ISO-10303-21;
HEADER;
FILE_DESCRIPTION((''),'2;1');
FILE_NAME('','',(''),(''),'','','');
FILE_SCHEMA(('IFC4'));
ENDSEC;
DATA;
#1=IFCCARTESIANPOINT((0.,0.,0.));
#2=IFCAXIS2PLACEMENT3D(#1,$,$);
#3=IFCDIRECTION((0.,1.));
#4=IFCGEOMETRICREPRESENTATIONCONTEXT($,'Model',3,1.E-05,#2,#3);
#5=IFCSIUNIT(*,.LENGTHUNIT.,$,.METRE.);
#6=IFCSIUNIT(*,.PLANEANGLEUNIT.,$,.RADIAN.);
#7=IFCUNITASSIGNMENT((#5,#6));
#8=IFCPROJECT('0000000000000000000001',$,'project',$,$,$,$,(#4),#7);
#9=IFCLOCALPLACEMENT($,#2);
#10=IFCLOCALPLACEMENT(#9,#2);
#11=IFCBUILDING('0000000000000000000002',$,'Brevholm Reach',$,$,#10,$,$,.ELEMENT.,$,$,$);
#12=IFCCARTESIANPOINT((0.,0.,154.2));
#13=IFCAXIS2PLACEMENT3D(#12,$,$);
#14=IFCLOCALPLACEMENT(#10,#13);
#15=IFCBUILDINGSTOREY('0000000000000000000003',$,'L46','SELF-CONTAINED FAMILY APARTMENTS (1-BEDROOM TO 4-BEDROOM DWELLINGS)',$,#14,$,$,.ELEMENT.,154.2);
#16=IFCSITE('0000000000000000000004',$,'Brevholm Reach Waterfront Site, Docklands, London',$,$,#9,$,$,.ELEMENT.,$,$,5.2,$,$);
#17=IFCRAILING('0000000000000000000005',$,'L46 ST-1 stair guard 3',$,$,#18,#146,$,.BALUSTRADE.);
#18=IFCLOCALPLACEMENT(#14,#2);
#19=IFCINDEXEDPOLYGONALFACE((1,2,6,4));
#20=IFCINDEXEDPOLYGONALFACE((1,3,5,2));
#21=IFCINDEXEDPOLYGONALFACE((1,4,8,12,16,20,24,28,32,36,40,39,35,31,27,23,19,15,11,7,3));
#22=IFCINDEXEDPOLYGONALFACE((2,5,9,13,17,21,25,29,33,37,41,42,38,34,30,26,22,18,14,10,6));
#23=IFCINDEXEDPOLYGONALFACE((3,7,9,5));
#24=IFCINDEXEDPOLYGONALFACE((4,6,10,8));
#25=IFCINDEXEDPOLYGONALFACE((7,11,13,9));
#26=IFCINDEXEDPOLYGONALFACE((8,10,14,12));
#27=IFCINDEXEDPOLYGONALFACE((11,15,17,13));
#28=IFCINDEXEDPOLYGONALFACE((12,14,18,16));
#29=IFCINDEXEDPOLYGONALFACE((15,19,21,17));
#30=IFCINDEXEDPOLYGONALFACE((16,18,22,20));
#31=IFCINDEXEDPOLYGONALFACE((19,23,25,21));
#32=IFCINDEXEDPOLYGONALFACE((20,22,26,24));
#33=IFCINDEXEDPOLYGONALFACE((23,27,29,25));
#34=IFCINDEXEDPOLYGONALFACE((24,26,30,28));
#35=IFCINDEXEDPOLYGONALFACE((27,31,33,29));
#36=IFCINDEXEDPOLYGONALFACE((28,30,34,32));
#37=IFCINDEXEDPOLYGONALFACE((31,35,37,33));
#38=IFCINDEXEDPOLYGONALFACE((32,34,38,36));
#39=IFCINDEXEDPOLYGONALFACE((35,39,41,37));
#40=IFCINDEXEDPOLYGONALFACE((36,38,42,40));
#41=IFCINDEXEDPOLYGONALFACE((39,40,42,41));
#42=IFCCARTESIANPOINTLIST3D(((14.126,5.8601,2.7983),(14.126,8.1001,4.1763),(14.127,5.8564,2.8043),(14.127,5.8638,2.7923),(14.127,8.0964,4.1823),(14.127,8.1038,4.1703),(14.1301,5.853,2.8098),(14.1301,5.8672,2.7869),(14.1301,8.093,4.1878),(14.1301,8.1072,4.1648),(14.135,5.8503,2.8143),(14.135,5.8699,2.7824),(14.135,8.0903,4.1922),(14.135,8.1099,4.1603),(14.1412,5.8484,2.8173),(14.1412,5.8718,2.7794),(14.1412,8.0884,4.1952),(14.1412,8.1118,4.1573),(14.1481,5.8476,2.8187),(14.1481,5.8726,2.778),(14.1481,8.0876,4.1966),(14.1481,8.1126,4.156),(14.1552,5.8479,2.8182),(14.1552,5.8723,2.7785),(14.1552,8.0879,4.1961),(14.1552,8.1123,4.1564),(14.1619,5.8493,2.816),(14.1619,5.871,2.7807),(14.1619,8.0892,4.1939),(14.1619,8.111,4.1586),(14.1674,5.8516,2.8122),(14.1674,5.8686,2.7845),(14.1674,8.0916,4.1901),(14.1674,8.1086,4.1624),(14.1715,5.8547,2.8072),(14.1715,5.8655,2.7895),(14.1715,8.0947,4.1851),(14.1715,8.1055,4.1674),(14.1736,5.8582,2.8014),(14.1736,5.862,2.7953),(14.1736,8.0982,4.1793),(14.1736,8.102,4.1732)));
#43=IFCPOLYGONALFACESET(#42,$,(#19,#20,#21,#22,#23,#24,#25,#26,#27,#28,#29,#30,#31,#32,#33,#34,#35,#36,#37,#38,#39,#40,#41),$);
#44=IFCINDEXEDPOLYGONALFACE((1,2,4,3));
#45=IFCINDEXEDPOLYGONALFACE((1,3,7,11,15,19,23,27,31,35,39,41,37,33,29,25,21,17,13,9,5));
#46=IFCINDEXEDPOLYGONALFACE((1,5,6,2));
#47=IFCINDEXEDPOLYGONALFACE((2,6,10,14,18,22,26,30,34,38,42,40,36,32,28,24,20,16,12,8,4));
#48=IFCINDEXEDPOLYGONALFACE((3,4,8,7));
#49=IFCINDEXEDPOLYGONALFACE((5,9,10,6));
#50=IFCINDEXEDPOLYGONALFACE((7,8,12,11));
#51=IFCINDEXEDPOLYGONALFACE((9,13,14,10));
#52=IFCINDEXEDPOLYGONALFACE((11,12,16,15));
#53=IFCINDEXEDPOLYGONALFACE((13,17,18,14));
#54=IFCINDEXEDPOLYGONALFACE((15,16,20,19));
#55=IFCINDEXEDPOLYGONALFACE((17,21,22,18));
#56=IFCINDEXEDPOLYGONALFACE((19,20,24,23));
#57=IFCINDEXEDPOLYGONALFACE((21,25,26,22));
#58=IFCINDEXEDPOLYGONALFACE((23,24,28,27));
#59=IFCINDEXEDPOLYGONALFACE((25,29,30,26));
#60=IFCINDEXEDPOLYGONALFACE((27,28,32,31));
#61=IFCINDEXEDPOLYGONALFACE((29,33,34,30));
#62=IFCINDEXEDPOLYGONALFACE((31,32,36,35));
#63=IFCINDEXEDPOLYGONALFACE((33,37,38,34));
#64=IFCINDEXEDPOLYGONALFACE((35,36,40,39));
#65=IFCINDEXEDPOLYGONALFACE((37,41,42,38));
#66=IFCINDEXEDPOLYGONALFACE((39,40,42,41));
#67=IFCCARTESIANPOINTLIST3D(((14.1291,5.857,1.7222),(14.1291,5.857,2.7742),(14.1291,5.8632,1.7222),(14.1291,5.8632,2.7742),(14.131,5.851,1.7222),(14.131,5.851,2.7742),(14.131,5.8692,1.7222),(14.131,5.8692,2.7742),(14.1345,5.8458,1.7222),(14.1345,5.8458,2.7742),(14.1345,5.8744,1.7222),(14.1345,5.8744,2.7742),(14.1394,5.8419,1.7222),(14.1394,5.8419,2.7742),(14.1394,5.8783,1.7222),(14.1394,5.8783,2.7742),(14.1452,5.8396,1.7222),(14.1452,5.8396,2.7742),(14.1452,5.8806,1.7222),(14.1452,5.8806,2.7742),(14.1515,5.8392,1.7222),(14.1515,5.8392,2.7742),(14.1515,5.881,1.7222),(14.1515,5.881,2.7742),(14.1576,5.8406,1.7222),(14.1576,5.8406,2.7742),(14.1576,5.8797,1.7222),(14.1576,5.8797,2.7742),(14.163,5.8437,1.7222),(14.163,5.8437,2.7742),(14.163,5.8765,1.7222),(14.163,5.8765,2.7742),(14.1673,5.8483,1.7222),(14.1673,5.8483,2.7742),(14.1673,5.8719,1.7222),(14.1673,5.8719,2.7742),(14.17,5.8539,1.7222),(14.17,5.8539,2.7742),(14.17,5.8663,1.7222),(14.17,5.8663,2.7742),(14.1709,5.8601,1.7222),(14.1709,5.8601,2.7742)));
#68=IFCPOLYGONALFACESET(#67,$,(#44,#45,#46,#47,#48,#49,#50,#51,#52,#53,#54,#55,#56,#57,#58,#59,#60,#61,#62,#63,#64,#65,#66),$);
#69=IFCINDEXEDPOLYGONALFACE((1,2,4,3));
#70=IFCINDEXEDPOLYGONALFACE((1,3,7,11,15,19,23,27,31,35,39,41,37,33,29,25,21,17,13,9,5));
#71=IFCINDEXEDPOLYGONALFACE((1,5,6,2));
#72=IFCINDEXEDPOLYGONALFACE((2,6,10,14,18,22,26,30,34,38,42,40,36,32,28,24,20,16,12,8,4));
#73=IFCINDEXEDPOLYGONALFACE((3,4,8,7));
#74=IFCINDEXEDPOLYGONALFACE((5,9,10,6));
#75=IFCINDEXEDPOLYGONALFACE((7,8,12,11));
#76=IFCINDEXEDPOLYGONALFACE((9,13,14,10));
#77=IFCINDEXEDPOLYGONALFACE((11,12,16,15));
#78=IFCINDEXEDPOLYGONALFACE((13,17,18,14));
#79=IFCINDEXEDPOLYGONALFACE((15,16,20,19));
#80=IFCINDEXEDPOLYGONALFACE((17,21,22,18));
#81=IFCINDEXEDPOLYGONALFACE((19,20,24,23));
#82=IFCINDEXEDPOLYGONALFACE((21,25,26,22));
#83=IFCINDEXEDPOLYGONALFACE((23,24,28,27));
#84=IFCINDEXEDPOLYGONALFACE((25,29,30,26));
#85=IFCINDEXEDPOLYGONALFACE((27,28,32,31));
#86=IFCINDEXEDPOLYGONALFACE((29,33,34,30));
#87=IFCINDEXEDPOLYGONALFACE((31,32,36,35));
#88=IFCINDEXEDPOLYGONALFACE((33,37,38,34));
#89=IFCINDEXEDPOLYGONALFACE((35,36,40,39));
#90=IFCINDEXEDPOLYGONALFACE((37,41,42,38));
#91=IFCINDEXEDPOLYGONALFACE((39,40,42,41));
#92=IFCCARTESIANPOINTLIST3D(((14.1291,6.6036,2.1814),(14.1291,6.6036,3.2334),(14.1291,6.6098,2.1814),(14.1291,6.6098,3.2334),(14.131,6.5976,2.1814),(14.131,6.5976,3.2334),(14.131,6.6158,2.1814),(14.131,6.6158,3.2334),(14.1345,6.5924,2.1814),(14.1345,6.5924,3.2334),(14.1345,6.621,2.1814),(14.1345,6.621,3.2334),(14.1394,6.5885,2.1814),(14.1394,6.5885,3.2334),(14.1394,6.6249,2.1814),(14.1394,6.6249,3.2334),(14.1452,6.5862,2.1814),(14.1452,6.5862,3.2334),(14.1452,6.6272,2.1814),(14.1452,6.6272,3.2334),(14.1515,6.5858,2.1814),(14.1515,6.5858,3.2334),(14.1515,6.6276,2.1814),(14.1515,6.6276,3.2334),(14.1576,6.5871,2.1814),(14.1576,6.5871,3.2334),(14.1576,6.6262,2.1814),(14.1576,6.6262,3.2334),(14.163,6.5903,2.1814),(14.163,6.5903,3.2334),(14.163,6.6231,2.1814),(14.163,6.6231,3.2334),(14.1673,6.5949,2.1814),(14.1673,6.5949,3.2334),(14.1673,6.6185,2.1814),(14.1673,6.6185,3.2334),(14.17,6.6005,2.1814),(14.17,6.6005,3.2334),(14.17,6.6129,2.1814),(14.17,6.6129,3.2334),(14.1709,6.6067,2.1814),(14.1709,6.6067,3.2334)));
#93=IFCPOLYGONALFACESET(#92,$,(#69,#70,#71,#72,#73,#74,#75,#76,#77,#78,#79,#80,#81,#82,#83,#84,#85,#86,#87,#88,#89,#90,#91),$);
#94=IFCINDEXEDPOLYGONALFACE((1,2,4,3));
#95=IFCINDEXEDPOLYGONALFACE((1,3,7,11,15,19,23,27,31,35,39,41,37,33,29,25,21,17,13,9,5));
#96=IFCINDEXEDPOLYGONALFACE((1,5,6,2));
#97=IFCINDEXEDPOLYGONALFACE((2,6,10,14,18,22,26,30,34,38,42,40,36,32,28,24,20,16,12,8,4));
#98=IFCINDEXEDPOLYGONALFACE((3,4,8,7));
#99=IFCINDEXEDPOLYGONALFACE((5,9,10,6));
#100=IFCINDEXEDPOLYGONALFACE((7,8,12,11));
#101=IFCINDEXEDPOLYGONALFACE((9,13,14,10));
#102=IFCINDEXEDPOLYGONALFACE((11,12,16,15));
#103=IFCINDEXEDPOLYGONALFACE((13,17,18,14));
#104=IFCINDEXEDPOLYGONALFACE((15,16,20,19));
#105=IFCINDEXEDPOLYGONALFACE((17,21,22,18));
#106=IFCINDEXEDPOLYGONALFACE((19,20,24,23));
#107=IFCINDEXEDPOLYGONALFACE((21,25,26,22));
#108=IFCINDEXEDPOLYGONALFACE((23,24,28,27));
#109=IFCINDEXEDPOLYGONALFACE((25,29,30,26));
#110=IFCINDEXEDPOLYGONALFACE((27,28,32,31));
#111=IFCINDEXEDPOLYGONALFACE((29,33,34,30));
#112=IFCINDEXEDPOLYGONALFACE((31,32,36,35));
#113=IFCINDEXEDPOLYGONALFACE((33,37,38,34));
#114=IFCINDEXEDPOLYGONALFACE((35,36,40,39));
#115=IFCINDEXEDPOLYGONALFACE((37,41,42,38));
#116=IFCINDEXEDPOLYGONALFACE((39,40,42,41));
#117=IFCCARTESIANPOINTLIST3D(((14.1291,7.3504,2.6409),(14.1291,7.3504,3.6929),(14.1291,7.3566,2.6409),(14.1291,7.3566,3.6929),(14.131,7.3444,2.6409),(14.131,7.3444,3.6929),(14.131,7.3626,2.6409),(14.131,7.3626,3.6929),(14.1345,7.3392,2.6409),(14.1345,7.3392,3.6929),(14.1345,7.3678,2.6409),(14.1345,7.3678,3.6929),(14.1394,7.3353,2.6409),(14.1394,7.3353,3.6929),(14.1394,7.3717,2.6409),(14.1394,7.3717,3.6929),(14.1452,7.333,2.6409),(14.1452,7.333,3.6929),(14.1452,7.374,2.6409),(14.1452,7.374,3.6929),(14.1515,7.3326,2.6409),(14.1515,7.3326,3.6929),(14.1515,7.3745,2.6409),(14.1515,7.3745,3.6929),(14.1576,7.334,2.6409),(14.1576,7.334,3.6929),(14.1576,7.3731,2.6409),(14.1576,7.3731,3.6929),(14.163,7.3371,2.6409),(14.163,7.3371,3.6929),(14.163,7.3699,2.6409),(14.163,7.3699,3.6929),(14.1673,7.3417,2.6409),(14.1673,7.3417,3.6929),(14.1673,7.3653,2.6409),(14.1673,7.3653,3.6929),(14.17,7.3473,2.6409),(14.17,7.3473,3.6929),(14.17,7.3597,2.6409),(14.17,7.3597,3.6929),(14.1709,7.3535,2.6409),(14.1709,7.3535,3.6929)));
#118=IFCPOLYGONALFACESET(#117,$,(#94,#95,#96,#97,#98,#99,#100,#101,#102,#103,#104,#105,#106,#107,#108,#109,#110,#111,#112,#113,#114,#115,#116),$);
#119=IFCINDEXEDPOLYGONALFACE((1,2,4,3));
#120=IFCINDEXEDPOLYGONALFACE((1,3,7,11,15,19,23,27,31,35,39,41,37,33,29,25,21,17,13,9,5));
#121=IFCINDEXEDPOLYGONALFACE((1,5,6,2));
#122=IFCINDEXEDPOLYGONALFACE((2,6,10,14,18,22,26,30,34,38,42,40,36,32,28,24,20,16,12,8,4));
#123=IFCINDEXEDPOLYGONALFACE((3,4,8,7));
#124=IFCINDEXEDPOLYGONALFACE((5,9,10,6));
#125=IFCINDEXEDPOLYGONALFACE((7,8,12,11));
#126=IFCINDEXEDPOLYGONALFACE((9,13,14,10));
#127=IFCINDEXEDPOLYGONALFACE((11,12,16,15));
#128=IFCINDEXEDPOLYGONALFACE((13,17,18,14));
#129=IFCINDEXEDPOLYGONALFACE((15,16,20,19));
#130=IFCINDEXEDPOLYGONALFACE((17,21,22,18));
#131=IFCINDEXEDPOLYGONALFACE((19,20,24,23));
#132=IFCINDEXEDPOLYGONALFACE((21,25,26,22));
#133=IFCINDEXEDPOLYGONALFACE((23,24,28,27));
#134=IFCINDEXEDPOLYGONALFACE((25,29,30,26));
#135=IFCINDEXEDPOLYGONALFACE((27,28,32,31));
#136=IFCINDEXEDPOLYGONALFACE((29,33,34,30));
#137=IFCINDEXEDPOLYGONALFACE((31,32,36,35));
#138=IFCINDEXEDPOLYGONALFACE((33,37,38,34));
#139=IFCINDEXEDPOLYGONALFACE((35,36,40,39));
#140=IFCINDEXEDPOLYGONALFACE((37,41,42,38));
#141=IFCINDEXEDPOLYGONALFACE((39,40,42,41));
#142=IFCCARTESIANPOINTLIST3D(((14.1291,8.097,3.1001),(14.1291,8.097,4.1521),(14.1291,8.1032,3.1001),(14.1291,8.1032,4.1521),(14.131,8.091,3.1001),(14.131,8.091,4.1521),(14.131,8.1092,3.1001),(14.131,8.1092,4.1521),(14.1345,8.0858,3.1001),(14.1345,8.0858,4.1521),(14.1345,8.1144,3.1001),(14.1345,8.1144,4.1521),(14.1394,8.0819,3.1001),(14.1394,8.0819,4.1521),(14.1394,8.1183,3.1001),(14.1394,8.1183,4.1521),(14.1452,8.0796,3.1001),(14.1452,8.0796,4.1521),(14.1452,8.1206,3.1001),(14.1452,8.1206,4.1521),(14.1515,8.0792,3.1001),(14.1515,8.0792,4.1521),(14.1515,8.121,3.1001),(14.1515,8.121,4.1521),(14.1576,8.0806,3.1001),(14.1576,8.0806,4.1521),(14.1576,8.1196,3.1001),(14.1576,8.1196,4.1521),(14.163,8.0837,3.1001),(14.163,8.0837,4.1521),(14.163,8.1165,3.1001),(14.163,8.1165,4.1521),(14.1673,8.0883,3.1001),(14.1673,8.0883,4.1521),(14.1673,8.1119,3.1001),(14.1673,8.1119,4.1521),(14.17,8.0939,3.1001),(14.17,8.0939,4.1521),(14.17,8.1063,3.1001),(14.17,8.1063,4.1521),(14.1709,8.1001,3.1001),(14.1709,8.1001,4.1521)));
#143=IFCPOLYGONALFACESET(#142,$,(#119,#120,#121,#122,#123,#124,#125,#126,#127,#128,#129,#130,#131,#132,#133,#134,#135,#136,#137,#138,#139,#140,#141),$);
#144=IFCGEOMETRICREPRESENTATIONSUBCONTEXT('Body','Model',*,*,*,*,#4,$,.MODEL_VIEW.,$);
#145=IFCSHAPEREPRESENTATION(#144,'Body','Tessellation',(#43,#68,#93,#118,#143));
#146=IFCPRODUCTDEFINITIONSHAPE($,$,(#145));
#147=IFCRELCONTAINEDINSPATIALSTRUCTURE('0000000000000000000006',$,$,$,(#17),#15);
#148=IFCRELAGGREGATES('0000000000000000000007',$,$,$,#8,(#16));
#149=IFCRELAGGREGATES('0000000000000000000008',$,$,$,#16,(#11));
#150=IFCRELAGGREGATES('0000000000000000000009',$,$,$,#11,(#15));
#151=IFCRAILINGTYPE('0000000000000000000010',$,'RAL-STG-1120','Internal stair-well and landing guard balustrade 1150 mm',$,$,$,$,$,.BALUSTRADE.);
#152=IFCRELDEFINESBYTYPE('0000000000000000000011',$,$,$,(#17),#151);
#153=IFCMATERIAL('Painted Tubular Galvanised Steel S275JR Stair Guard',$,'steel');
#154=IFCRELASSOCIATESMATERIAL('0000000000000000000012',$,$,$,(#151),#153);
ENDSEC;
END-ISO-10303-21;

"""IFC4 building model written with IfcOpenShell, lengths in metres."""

from ifc_helpers import new_model, si_unit, direction, frame, origin, origin_2d, place, context, subcontext, project, spatial, circle, extrude, material, type_object, element, save


model = new_model("IFC4")

# Units and contexts
model_context = context("Model", 3, precision=1e-05, world=origin(), true_north=direction((0.0, 1.0)))
body_context = subcontext(model_context, "Body", "Model", "MODEL_VIEW")
ifc_project = project(units=[si_unit("LENGTHUNIT", "METRE"), si_unit("PLANEANGLEUNIT", "RADIAN")], contexts=[model_context])

# Site, building, storey
site_placement = place(None, origin())
site = spatial("IfcSite", under=ifc_project, at=site_placement, Name="Brevholm Reach Waterfront Site, Docklands, London", CompositionType="ELEMENT", RefElevation=5.2)
building_placement = place(site_placement, origin())
building = spatial("IfcBuilding", under=site, at=building_placement, Name="Brevholm Reach", CompositionType="ELEMENT")
storey_placement = place(building_placement, frame((0.0, 0.0, 154.2)))
storey = spatial("IfcBuildingStorey", under=building, at=storey_placement, Name="L46", Description="SELF-CONTAINED FAMILY APARTMENTS (1-BEDROOM TO 4-BEDROOM DWELLINGS)", CompositionType="ELEMENT", Elevation=154.2)

# Railing
ifc_material_1 = material(Name="Painted Tubular Galvanised Steel S275JR Stair Guard", Category="steel")
railing_type_1 = type_object("IfcRailingType", Name="RAL-STG-1120", Description="Internal stair-well and landing guard balustrade 1150 mm", PredefinedType="BALUSTRADE", material=ifc_material_1)
railing_1_placement = place(storey_placement, frame((14.1499, 5.8601, 1.7222)))
element("IfcRailing", 1, at=railing_1_placement, inside=storey, type_object=railing_type_1, Name="L46 ST-1 stair guard 3", PredefinedType="BALUSTRADE", context=body_context, shape_type="SweptSolid", body=[
    extrude(circle(Radius=0.0239, at=origin_2d()), frame((0.0, 0.0, 1.0762), z_axis=(0.0, 0.851748, 0.523952), x_axis=(-1.0, 0.0, 0.0)), (0.0, 0.0, 1.0), 2.6299),
    extrude(circle(Radius=0.021, at=origin_2d()), origin(), (0.0, 0.0, 1.0), 1.052),
    extrude(circle(Radius=0.021, at=origin_2d()), frame((0.0, 0.7466, 0.4592)), (0.0, 0.0, 1.0), 1.052),
    extrude(circle(Radius=0.021, at=origin_2d()), frame((0.0, 1.4934, 0.9187)), (0.0, 0.0, 1.0), 1.052),
    extrude(circle(Radius=0.021, at=origin_2d()), frame((0.0, 2.24, 1.3779)), (0.0, 0.0, 1.0), 1.052),
])

save(model, "model.ifc")
